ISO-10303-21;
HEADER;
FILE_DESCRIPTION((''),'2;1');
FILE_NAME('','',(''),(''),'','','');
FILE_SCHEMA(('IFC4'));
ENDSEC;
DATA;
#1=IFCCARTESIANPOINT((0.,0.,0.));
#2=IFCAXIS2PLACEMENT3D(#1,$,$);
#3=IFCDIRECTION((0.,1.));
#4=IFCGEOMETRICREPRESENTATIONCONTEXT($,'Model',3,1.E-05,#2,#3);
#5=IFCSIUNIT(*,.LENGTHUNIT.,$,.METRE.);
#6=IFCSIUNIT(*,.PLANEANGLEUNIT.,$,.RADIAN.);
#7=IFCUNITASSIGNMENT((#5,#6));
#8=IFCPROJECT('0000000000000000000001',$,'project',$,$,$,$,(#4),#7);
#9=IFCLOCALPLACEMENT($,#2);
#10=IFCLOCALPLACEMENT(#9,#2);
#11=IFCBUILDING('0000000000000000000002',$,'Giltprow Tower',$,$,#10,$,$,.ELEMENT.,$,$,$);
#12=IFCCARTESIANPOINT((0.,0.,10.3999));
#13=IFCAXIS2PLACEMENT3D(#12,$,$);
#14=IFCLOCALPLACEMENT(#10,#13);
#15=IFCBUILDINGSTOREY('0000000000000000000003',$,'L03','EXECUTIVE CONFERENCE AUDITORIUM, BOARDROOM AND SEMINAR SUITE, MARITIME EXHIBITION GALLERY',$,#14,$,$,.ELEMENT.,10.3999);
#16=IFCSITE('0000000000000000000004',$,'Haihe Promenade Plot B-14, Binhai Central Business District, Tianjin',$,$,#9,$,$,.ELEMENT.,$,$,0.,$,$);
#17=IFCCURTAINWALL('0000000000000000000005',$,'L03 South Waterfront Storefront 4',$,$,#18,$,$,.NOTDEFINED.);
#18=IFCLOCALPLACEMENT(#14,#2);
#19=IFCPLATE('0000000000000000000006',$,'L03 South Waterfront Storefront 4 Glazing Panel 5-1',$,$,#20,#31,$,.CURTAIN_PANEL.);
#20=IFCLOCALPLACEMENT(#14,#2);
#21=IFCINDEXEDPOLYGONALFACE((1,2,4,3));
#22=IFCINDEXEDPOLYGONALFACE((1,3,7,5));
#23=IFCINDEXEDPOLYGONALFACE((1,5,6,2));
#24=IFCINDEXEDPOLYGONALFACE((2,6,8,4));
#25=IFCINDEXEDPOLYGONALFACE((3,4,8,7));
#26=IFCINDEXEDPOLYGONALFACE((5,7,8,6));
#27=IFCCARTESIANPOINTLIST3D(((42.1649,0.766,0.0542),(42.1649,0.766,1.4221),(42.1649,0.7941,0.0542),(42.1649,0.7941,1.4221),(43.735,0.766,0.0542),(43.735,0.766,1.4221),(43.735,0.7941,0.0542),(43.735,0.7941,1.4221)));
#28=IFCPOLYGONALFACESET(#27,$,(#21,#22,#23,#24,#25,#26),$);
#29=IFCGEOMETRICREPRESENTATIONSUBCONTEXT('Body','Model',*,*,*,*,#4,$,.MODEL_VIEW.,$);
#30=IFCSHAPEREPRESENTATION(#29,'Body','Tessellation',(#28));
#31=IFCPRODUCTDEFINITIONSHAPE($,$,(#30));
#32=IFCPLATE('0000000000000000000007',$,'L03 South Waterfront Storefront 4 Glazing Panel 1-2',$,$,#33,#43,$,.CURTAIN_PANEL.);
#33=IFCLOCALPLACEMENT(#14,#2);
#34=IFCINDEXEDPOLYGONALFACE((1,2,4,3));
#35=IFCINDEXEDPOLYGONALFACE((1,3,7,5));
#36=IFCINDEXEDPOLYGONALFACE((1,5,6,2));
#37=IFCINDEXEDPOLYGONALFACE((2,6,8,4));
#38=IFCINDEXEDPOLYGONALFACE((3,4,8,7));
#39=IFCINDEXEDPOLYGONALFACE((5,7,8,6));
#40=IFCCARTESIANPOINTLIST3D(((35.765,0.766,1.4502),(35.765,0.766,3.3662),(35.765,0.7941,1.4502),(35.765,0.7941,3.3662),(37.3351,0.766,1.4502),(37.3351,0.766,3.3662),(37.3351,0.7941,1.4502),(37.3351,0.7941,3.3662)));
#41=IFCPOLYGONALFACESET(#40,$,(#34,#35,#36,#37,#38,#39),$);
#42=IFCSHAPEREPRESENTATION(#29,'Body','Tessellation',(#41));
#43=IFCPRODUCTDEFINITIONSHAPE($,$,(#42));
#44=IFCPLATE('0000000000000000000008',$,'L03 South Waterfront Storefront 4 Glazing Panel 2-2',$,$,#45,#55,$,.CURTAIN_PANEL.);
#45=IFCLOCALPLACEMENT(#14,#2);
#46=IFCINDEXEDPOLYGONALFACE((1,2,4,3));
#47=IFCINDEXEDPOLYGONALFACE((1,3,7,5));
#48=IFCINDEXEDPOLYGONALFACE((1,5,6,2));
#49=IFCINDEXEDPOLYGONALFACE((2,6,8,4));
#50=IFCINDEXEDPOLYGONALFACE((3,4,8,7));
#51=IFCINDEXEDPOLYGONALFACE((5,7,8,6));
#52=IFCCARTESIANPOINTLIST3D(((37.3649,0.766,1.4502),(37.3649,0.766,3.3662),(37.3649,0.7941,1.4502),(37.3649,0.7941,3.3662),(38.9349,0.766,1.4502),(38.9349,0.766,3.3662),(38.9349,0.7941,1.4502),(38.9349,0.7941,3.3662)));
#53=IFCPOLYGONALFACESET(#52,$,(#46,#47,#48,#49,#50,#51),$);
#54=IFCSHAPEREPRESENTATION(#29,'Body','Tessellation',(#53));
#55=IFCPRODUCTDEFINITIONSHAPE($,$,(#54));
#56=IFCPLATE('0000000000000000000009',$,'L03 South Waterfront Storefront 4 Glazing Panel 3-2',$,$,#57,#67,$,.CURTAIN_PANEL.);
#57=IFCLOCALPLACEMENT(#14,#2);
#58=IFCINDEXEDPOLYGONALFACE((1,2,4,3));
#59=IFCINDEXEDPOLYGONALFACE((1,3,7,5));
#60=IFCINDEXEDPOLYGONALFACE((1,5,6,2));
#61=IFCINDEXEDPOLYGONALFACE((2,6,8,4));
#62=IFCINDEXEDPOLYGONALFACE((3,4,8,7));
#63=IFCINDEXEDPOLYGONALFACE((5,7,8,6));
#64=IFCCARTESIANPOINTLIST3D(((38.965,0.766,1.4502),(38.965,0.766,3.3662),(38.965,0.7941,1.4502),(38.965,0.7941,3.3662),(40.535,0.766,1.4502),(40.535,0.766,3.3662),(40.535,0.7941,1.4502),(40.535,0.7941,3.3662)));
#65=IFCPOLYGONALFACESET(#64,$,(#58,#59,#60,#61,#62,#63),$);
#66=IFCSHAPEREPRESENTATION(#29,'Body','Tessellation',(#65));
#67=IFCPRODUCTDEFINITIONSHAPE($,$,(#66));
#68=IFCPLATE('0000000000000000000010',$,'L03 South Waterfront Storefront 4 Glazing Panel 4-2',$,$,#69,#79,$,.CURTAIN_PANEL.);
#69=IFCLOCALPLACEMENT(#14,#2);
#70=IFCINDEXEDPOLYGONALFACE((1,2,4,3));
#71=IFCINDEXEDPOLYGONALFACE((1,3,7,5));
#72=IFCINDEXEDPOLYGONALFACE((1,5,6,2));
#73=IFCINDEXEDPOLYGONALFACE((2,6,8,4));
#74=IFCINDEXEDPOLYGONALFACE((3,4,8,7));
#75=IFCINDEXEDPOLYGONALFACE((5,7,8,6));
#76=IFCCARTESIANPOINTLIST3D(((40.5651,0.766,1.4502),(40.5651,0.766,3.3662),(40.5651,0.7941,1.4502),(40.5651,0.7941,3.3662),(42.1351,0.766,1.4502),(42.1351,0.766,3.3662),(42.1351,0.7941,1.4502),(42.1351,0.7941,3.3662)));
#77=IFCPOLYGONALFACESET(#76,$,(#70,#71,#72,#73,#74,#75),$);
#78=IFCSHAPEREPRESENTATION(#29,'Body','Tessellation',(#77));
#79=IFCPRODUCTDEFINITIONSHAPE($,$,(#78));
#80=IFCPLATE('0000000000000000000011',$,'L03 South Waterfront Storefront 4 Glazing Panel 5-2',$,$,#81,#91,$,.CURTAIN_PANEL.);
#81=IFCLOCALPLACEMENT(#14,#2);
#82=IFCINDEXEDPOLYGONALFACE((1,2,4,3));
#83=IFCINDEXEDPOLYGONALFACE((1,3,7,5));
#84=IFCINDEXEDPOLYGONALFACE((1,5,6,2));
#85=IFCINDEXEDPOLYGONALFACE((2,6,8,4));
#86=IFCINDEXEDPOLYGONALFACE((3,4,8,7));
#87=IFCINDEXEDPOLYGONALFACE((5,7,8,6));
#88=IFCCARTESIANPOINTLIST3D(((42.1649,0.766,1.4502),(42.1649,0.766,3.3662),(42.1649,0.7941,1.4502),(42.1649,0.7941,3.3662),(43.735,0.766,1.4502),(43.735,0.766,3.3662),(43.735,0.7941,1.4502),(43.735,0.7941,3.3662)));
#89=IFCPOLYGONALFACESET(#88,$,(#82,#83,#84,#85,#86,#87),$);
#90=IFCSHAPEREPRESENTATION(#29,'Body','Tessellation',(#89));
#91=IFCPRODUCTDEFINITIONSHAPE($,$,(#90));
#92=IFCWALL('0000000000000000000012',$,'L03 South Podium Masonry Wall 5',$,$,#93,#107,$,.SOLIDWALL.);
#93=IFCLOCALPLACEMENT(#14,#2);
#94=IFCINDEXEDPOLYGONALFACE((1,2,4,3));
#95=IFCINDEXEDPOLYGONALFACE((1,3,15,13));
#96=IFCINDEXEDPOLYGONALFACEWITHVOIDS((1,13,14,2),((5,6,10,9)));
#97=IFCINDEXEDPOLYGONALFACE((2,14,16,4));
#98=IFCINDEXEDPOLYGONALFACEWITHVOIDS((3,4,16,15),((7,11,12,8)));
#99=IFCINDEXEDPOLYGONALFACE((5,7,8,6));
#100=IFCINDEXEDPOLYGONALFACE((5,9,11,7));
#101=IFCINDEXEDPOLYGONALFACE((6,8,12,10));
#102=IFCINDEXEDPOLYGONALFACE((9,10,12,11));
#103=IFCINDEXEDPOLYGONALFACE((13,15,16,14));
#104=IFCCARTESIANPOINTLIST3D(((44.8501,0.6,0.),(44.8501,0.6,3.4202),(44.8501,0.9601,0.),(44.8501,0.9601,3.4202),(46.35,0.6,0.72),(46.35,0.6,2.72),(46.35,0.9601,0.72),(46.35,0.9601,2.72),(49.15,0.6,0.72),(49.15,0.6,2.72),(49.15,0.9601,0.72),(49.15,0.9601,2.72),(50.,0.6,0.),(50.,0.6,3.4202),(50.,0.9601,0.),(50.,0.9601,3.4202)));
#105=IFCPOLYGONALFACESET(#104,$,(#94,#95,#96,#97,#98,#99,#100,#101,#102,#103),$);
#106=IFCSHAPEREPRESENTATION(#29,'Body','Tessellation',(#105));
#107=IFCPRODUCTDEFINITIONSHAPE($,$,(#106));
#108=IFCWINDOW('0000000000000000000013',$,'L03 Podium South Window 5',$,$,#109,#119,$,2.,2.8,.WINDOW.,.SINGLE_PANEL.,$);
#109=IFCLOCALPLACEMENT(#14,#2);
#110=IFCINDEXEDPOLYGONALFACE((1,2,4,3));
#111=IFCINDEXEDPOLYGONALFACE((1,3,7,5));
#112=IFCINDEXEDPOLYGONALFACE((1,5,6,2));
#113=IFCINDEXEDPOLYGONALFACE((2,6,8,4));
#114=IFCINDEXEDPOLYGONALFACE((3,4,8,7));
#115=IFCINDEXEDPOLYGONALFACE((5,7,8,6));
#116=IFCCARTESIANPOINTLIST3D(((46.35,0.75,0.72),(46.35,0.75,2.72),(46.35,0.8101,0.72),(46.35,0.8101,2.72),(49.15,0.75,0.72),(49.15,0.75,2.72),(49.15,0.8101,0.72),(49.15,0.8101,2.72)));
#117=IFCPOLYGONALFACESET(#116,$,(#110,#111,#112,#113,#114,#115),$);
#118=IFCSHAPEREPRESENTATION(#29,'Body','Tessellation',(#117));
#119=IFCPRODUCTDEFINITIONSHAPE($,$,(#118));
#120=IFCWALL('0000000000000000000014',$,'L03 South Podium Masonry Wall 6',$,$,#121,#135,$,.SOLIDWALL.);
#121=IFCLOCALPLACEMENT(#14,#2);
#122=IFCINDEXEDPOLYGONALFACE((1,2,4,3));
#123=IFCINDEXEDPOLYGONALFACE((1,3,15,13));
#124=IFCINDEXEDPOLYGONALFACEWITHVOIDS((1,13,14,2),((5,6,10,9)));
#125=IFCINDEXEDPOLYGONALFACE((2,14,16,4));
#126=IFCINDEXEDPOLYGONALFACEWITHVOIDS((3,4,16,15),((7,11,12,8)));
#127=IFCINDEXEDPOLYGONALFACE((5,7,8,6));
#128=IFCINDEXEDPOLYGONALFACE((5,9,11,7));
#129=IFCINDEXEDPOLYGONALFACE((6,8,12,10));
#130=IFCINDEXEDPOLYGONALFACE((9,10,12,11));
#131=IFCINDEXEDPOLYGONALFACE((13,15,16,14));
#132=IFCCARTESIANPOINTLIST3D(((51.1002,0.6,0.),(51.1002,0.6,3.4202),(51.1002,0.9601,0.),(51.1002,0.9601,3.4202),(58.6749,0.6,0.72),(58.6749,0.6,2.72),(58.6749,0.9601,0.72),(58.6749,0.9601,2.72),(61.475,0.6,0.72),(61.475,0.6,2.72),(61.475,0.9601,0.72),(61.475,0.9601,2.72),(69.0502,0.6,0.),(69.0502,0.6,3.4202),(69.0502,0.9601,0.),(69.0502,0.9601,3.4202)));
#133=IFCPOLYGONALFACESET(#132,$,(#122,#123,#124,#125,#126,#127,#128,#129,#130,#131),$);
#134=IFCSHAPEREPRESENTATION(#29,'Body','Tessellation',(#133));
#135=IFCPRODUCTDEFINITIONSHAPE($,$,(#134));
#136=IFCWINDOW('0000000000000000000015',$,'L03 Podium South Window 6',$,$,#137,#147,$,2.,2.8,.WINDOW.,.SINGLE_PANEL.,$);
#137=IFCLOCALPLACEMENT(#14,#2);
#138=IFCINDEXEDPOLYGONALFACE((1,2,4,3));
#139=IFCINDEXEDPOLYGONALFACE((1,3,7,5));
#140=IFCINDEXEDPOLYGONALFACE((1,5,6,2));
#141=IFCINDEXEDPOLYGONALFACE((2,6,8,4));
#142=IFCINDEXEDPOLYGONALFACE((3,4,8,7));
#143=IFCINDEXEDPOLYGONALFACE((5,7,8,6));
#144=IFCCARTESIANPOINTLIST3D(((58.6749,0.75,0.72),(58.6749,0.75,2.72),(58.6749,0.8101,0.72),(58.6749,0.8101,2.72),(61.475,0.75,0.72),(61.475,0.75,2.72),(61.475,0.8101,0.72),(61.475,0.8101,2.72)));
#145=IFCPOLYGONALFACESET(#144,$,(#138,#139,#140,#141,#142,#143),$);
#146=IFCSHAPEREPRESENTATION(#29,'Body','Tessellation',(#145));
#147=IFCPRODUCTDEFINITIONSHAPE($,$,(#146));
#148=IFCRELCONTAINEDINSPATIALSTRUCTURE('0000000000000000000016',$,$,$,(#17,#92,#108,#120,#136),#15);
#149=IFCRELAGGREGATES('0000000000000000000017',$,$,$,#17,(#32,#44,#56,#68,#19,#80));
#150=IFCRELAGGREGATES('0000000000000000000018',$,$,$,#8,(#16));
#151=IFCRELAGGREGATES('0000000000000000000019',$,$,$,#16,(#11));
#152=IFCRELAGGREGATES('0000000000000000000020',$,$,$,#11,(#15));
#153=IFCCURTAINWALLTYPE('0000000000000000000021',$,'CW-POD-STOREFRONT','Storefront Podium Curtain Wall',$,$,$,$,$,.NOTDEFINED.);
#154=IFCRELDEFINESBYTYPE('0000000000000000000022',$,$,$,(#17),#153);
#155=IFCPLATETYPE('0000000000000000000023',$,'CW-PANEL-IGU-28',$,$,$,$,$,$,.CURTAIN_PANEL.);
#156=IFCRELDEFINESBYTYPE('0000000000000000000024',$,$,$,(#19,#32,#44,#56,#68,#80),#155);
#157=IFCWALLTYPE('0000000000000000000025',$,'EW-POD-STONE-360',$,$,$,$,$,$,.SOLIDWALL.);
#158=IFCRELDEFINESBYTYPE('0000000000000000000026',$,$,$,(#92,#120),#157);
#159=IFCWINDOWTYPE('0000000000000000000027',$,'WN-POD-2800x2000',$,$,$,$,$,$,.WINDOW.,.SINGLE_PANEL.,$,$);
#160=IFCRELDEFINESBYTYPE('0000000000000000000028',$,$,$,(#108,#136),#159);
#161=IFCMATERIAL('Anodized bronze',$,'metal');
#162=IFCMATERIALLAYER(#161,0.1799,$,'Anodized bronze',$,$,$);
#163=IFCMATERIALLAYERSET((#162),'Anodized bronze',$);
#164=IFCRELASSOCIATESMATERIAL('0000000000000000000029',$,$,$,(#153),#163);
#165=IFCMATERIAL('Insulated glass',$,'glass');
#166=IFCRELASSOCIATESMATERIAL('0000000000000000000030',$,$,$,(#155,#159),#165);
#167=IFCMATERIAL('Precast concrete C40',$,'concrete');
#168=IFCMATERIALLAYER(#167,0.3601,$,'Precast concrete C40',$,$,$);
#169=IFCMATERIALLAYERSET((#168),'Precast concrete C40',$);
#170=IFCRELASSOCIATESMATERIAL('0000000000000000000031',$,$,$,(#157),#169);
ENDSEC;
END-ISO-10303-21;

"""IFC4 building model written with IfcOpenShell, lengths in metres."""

from ifc_helpers import new_model, si_unit, direction, frame, frame_2d, origin, origin_2d, place, context, subcontext, project, spatial, rectangle, extrude, source, transform, mapped, material, layer, layer_set, type_object, element, fill, aggregate, save


model = new_model("IFC4")

# Units and contexts
model_context = context("Model", 3, precision=1e-05, world=origin(), true_north=direction((0.0, 1.0)))
body_context = subcontext(model_context, "Body", "Model", "MODEL_VIEW")
ifc_project = project(units=[si_unit("LENGTHUNIT", "METRE"), si_unit("PLANEANGLEUNIT", "RADIAN")], contexts=[model_context])

# Site, building, storey
site_placement = place(None, origin())
site = spatial("IfcSite", under=ifc_project, at=site_placement, Name="Haihe Promenade Plot B-14, Binhai Central Business District, Tianjin", CompositionType="ELEMENT", RefElevation=0.0)
building_placement = place(site_placement, origin())
building = spatial("IfcBuilding", under=site, at=building_placement, Name="Giltprow Tower", CompositionType="ELEMENT")
storey_placement = place(building_placement, frame((0.0, 0.0, 10.3999)))
storey = spatial("IfcBuildingStorey", under=building, at=storey_placement, Name="L03", Description="EXECUTIVE CONFERENCE AUDITORIUM, BOARDROOM AND SEMINAR SUITE, MARITIME EXHIBITION GALLERY", CompositionType="ELEMENT", Elevation=10.3999)

# Curtain wall
ifc_material_1 = material(Name="Anodized bronze", Category="metal")
ifc_layer_1 = layer(ifc_material_1, 0.1799, Name="Anodized bronze")
ifc_layer_set_1 = layer_set([ifc_layer_1], Name="Anodized bronze")
curtain_wall_type = type_object("IfcCurtainWallType", Name="CW-POD-STOREFRONT", Description="Storefront Podium Curtain Wall", PredefinedType="NOTDEFINED", material=ifc_layer_set_1)
curtain_wall_1_placement = place(storey_placement, origin())
curtain_wall_1 = element("IfcCurtainWall", 1, at=curtain_wall_1_placement, inside=storey, type_object=curtain_wall_type, Name="L03 South Waterfront Storefront 4", PredefinedType="NOTDEFINED")

# Plates
ifc_material_2 = material(Name="Insulated glass", Category="glass")
plate_type = type_object("IfcPlateType", Name="CW-PANEL-IGU-28", PredefinedType="CURTAIN_PANEL", material=ifc_material_2)
shared_shape_1 = source(origin(), body_context, "Body", "SweptSolid", [
    extrude(rectangle(XDim=1.5701, YDim=0.0281, at=origin_2d()), origin(), (0.0, 0.0, 1.0), 1.3679),
])
plate_1_placement = place(storey_placement, frame((42.95, 0.78, 0.0542), z_axis=(0.0, 0.0, 1.0), x_axis=(1.0, 0.0, 0.0)))
plate_1 = element("IfcPlate", 2, at=plate_1_placement, type_object=plate_type, Name="L03 South Waterfront Storefront 4 Glazing Panel 5-1", PredefinedType="CURTAIN_PANEL", context=body_context, shape_type="MappedRepresentation", body=[
    mapped(shared_shape_1, transform((0.0, 0.0, 0.0), x_axis=(1.0, 0.0, 0.0), y_axis=(0.0, 1.0, 0.0), z_axis=(0.0, 0.0, 1.0), scale=1.0)),
])
shared_shape_2 = source(origin(), body_context, "Body", "SweptSolid", [
    extrude(rectangle(XDim=1.5701, YDim=0.0281, at=origin_2d()), origin(), (0.0, 0.0, 1.0), 1.916),
])
plate_2_placement = place(storey_placement, frame((36.55, 0.78, 1.4502), z_axis=(0.0, 0.0, 1.0), x_axis=(1.0, 0.0, 0.0)))
plate_2 = element("IfcPlate", 3, at=plate_2_placement, type_object=plate_type, Name="L03 South Waterfront Storefront 4 Glazing Panel 1-2", PredefinedType="CURTAIN_PANEL", context=body_context, shape_type="MappedRepresentation", body=[
    mapped(shared_shape_2, transform((0.0, 0.0, 0.0), x_axis=(1.0, 0.0, 0.0), y_axis=(0.0, 1.0, 0.0), z_axis=(0.0, 0.0, 1.0), scale=1.0)),
])
plate_3_placement = place(storey_placement, frame((38.1499, 0.78, 1.4502), z_axis=(0.0, 0.0, 1.0), x_axis=(1.0, 0.0, 0.0)))
plate_3 = element("IfcPlate", 4, at=plate_3_placement, type_object=plate_type, Name="L03 South Waterfront Storefront 4 Glazing Panel 2-2", PredefinedType="CURTAIN_PANEL", context=body_context, shape_type="MappedRepresentation", body=[
    mapped(shared_shape_2, transform((0.0, 0.0, 0.0), x_axis=(1.0, 0.0, 0.0), y_axis=(0.0, 1.0, 0.0), z_axis=(0.0, 0.0, 1.0), scale=1.0)),
])
plate_4_placement = place(storey_placement, frame((39.75, 0.78, 1.4502), z_axis=(0.0, 0.0, 1.0), x_axis=(1.0, 0.0, 0.0)))
plate_4 = element("IfcPlate", 5, at=plate_4_placement, type_object=plate_type, Name="L03 South Waterfront Storefront 4 Glazing Panel 3-2", PredefinedType="CURTAIN_PANEL", context=body_context, shape_type="MappedRepresentation", body=[
    mapped(shared_shape_2, transform((0.0, 0.0, 0.0), x_axis=(1.0, 0.0, 0.0), y_axis=(0.0, 1.0, 0.0), z_axis=(0.0, 0.0, 1.0), scale=1.0)),
])
plate_5_placement = place(storey_placement, frame((41.3501, 0.78, 1.4502), z_axis=(0.0, 0.0, 1.0), x_axis=(1.0, 0.0, 0.0)))
plate_5 = element("IfcPlate", 6, at=plate_5_placement, type_object=plate_type, Name="L03 South Waterfront Storefront 4 Glazing Panel 4-2", PredefinedType="CURTAIN_PANEL", context=body_context, shape_type="MappedRepresentation", body=[
    mapped(shared_shape_2, transform((0.0, 0.0, 0.0), x_axis=(1.0, 0.0, 0.0), y_axis=(0.0, 1.0, 0.0), z_axis=(0.0, 0.0, 1.0), scale=1.0)),
])
plate_6_placement = place(storey_placement, frame((42.95, 0.78, 1.4502), z_axis=(0.0, 0.0, 1.0), x_axis=(1.0, 0.0, 0.0)))
plate_6 = element("IfcPlate", 7, at=plate_6_placement, type_object=plate_type, Name="L03 South Waterfront Storefront 4 Glazing Panel 5-2", PredefinedType="CURTAIN_PANEL", context=body_context, shape_type="MappedRepresentation", body=[
    mapped(shared_shape_2, transform((0.0, 0.0, 0.0), x_axis=(1.0, 0.0, 0.0), y_axis=(0.0, 1.0, 0.0), z_axis=(0.0, 0.0, 1.0), scale=1.0)),
])
aggregate(curtain_wall_1, [plate_2, plate_3, plate_4, plate_5, plate_1, plate_6])

# Walls, openings, windows
ifc_material_3 = material(Name="Precast concrete C40", Category="concrete")
ifc_layer_2 = layer(ifc_material_3, 0.3601, Name="Precast concrete C40")
ifc_layer_set_2 = layer_set([ifc_layer_2], Name="Precast concrete C40")
wall_type_1 = type_object("IfcWallType", Name="EW-POD-STONE-360", PredefinedType="SOLIDWALL", material=ifc_layer_set_2)
wall_1_placement = place(storey_placement, frame((44.8501, 0.78, 0.0), z_axis=(0.0, 0.0, 1.0), x_axis=(1.0, 0.0, 0.0)))
wall_1 = element("IfcWall", 8, at=wall_1_placement, inside=storey, type_object=wall_type_1, Name="L03 South Podium Masonry Wall 5", PredefinedType="SOLIDWALL", context=body_context, shape_type="SweptSolid", body=[
    extrude(rectangle(XDim=5.1499, YDim=0.3601, at=frame_2d((2.575, 0.0))), origin(), (0.0, 0.0, 1.0), 3.4202),
])
opening_1_placement = place(wall_1_placement, frame((1.5, 0.0, 0.72)))
opening_1 = element("IfcOpeningElement", 9, at=opening_1_placement, cuts=wall_1, PredefinedType="OPENING", context=body_context, shape_type="SweptSolid", body=[
    extrude(rectangle(XDim=2.8, YDim=2.0, at=frame_2d((1.3999, 1.0))), frame((0.0, 0.1899, 0.0), z_axis=(0.0, -1.0, 0.0), x_axis=(1.0, 0.0, 0.0)), (0.0, 0.0, 1.0), 0.3801),
])
window_type = type_object("IfcWindowType", Name="WN-POD-2800x2000", PartitioningType="SINGLE_PANEL", PredefinedType="WINDOW", material=ifc_material_2)
shared_shape_3 = source(origin(), body_context, "Body", "SweptSolid", [
    extrude(rectangle(XDim=2.8, YDim=2.0, at=frame_2d((1.3999, 1.0))), frame((0.0, 0.03, 0.0), z_axis=(0.0, -1.0, 0.0), x_axis=(1.0, 0.0, 0.0)), (0.0, 0.0, 1.0), 0.0601),
])
window_1_placement = place(opening_1_placement, origin())
window_1 = element("IfcWindow", 10, at=window_1_placement, inside=storey, type_object=window_type, Name="L03 Podium South Window 5", OverallHeight=2.0, OverallWidth=2.8, PartitioningType="SINGLE_PANEL", PredefinedType="WINDOW", context=body_context, shape_type="MappedRepresentation", body=[
    mapped(shared_shape_3, transform((0.0, 0.0, 0.0), x_axis=(1.0, 0.0, 0.0), y_axis=(0.0, 1.0, 0.0), z_axis=(0.0, 0.0, 1.0), scale=1.0)),
])
fill(opening_1, window_1)
wall_2_placement = place(storey_placement, frame((51.1001, 0.78, 0.0), z_axis=(0.0, 0.0, 1.0), x_axis=(1.0, 0.0, 0.0)))
wall_2 = element("IfcWall", 11, at=wall_2_placement, inside=storey, type_object=wall_type_1, Name="L03 South Podium Masonry Wall 6", PredefinedType="SOLIDWALL", context=body_context, shape_type="SweptSolid", body=[
    extrude(rectangle(XDim=17.95, YDim=0.3601, at=frame_2d((8.9751, 0.0))), origin(), (0.0, 0.0, 1.0), 3.4202),
])
opening_2_placement = place(wall_2_placement, frame((7.575, 0.0, 0.72)))
opening_2 = element("IfcOpeningElement", 12, at=opening_2_placement, cuts=wall_2, PredefinedType="OPENING", context=body_context, shape_type="SweptSolid", body=[
    extrude(rectangle(XDim=2.8, YDim=2.0, at=frame_2d((1.3999, 1.0))), frame((0.0, 0.1899, 0.0), z_axis=(0.0, -1.0, 0.0), x_axis=(1.0, 0.0, 0.0)), (0.0, 0.0, 1.0), 0.3801),
])
window_2_placement = place(opening_2_placement, origin())
window_2 = element("IfcWindow", 13, at=window_2_placement, inside=storey, type_object=window_type, Name="L03 Podium South Window 6", OverallHeight=2.0, OverallWidth=2.8, PartitioningType="SINGLE_PANEL", PredefinedType="WINDOW", context=body_context, shape_type="MappedRepresentation", body=[
    mapped(shared_shape_3, transform((0.0, 0.0, 0.0), x_axis=(1.0, 0.0, 0.0), y_axis=(0.0, 1.0, 0.0), z_axis=(0.0, 0.0, 1.0), scale=1.0)),
])
fill(opening_2, window_2)

save(model, "model.ifc")
